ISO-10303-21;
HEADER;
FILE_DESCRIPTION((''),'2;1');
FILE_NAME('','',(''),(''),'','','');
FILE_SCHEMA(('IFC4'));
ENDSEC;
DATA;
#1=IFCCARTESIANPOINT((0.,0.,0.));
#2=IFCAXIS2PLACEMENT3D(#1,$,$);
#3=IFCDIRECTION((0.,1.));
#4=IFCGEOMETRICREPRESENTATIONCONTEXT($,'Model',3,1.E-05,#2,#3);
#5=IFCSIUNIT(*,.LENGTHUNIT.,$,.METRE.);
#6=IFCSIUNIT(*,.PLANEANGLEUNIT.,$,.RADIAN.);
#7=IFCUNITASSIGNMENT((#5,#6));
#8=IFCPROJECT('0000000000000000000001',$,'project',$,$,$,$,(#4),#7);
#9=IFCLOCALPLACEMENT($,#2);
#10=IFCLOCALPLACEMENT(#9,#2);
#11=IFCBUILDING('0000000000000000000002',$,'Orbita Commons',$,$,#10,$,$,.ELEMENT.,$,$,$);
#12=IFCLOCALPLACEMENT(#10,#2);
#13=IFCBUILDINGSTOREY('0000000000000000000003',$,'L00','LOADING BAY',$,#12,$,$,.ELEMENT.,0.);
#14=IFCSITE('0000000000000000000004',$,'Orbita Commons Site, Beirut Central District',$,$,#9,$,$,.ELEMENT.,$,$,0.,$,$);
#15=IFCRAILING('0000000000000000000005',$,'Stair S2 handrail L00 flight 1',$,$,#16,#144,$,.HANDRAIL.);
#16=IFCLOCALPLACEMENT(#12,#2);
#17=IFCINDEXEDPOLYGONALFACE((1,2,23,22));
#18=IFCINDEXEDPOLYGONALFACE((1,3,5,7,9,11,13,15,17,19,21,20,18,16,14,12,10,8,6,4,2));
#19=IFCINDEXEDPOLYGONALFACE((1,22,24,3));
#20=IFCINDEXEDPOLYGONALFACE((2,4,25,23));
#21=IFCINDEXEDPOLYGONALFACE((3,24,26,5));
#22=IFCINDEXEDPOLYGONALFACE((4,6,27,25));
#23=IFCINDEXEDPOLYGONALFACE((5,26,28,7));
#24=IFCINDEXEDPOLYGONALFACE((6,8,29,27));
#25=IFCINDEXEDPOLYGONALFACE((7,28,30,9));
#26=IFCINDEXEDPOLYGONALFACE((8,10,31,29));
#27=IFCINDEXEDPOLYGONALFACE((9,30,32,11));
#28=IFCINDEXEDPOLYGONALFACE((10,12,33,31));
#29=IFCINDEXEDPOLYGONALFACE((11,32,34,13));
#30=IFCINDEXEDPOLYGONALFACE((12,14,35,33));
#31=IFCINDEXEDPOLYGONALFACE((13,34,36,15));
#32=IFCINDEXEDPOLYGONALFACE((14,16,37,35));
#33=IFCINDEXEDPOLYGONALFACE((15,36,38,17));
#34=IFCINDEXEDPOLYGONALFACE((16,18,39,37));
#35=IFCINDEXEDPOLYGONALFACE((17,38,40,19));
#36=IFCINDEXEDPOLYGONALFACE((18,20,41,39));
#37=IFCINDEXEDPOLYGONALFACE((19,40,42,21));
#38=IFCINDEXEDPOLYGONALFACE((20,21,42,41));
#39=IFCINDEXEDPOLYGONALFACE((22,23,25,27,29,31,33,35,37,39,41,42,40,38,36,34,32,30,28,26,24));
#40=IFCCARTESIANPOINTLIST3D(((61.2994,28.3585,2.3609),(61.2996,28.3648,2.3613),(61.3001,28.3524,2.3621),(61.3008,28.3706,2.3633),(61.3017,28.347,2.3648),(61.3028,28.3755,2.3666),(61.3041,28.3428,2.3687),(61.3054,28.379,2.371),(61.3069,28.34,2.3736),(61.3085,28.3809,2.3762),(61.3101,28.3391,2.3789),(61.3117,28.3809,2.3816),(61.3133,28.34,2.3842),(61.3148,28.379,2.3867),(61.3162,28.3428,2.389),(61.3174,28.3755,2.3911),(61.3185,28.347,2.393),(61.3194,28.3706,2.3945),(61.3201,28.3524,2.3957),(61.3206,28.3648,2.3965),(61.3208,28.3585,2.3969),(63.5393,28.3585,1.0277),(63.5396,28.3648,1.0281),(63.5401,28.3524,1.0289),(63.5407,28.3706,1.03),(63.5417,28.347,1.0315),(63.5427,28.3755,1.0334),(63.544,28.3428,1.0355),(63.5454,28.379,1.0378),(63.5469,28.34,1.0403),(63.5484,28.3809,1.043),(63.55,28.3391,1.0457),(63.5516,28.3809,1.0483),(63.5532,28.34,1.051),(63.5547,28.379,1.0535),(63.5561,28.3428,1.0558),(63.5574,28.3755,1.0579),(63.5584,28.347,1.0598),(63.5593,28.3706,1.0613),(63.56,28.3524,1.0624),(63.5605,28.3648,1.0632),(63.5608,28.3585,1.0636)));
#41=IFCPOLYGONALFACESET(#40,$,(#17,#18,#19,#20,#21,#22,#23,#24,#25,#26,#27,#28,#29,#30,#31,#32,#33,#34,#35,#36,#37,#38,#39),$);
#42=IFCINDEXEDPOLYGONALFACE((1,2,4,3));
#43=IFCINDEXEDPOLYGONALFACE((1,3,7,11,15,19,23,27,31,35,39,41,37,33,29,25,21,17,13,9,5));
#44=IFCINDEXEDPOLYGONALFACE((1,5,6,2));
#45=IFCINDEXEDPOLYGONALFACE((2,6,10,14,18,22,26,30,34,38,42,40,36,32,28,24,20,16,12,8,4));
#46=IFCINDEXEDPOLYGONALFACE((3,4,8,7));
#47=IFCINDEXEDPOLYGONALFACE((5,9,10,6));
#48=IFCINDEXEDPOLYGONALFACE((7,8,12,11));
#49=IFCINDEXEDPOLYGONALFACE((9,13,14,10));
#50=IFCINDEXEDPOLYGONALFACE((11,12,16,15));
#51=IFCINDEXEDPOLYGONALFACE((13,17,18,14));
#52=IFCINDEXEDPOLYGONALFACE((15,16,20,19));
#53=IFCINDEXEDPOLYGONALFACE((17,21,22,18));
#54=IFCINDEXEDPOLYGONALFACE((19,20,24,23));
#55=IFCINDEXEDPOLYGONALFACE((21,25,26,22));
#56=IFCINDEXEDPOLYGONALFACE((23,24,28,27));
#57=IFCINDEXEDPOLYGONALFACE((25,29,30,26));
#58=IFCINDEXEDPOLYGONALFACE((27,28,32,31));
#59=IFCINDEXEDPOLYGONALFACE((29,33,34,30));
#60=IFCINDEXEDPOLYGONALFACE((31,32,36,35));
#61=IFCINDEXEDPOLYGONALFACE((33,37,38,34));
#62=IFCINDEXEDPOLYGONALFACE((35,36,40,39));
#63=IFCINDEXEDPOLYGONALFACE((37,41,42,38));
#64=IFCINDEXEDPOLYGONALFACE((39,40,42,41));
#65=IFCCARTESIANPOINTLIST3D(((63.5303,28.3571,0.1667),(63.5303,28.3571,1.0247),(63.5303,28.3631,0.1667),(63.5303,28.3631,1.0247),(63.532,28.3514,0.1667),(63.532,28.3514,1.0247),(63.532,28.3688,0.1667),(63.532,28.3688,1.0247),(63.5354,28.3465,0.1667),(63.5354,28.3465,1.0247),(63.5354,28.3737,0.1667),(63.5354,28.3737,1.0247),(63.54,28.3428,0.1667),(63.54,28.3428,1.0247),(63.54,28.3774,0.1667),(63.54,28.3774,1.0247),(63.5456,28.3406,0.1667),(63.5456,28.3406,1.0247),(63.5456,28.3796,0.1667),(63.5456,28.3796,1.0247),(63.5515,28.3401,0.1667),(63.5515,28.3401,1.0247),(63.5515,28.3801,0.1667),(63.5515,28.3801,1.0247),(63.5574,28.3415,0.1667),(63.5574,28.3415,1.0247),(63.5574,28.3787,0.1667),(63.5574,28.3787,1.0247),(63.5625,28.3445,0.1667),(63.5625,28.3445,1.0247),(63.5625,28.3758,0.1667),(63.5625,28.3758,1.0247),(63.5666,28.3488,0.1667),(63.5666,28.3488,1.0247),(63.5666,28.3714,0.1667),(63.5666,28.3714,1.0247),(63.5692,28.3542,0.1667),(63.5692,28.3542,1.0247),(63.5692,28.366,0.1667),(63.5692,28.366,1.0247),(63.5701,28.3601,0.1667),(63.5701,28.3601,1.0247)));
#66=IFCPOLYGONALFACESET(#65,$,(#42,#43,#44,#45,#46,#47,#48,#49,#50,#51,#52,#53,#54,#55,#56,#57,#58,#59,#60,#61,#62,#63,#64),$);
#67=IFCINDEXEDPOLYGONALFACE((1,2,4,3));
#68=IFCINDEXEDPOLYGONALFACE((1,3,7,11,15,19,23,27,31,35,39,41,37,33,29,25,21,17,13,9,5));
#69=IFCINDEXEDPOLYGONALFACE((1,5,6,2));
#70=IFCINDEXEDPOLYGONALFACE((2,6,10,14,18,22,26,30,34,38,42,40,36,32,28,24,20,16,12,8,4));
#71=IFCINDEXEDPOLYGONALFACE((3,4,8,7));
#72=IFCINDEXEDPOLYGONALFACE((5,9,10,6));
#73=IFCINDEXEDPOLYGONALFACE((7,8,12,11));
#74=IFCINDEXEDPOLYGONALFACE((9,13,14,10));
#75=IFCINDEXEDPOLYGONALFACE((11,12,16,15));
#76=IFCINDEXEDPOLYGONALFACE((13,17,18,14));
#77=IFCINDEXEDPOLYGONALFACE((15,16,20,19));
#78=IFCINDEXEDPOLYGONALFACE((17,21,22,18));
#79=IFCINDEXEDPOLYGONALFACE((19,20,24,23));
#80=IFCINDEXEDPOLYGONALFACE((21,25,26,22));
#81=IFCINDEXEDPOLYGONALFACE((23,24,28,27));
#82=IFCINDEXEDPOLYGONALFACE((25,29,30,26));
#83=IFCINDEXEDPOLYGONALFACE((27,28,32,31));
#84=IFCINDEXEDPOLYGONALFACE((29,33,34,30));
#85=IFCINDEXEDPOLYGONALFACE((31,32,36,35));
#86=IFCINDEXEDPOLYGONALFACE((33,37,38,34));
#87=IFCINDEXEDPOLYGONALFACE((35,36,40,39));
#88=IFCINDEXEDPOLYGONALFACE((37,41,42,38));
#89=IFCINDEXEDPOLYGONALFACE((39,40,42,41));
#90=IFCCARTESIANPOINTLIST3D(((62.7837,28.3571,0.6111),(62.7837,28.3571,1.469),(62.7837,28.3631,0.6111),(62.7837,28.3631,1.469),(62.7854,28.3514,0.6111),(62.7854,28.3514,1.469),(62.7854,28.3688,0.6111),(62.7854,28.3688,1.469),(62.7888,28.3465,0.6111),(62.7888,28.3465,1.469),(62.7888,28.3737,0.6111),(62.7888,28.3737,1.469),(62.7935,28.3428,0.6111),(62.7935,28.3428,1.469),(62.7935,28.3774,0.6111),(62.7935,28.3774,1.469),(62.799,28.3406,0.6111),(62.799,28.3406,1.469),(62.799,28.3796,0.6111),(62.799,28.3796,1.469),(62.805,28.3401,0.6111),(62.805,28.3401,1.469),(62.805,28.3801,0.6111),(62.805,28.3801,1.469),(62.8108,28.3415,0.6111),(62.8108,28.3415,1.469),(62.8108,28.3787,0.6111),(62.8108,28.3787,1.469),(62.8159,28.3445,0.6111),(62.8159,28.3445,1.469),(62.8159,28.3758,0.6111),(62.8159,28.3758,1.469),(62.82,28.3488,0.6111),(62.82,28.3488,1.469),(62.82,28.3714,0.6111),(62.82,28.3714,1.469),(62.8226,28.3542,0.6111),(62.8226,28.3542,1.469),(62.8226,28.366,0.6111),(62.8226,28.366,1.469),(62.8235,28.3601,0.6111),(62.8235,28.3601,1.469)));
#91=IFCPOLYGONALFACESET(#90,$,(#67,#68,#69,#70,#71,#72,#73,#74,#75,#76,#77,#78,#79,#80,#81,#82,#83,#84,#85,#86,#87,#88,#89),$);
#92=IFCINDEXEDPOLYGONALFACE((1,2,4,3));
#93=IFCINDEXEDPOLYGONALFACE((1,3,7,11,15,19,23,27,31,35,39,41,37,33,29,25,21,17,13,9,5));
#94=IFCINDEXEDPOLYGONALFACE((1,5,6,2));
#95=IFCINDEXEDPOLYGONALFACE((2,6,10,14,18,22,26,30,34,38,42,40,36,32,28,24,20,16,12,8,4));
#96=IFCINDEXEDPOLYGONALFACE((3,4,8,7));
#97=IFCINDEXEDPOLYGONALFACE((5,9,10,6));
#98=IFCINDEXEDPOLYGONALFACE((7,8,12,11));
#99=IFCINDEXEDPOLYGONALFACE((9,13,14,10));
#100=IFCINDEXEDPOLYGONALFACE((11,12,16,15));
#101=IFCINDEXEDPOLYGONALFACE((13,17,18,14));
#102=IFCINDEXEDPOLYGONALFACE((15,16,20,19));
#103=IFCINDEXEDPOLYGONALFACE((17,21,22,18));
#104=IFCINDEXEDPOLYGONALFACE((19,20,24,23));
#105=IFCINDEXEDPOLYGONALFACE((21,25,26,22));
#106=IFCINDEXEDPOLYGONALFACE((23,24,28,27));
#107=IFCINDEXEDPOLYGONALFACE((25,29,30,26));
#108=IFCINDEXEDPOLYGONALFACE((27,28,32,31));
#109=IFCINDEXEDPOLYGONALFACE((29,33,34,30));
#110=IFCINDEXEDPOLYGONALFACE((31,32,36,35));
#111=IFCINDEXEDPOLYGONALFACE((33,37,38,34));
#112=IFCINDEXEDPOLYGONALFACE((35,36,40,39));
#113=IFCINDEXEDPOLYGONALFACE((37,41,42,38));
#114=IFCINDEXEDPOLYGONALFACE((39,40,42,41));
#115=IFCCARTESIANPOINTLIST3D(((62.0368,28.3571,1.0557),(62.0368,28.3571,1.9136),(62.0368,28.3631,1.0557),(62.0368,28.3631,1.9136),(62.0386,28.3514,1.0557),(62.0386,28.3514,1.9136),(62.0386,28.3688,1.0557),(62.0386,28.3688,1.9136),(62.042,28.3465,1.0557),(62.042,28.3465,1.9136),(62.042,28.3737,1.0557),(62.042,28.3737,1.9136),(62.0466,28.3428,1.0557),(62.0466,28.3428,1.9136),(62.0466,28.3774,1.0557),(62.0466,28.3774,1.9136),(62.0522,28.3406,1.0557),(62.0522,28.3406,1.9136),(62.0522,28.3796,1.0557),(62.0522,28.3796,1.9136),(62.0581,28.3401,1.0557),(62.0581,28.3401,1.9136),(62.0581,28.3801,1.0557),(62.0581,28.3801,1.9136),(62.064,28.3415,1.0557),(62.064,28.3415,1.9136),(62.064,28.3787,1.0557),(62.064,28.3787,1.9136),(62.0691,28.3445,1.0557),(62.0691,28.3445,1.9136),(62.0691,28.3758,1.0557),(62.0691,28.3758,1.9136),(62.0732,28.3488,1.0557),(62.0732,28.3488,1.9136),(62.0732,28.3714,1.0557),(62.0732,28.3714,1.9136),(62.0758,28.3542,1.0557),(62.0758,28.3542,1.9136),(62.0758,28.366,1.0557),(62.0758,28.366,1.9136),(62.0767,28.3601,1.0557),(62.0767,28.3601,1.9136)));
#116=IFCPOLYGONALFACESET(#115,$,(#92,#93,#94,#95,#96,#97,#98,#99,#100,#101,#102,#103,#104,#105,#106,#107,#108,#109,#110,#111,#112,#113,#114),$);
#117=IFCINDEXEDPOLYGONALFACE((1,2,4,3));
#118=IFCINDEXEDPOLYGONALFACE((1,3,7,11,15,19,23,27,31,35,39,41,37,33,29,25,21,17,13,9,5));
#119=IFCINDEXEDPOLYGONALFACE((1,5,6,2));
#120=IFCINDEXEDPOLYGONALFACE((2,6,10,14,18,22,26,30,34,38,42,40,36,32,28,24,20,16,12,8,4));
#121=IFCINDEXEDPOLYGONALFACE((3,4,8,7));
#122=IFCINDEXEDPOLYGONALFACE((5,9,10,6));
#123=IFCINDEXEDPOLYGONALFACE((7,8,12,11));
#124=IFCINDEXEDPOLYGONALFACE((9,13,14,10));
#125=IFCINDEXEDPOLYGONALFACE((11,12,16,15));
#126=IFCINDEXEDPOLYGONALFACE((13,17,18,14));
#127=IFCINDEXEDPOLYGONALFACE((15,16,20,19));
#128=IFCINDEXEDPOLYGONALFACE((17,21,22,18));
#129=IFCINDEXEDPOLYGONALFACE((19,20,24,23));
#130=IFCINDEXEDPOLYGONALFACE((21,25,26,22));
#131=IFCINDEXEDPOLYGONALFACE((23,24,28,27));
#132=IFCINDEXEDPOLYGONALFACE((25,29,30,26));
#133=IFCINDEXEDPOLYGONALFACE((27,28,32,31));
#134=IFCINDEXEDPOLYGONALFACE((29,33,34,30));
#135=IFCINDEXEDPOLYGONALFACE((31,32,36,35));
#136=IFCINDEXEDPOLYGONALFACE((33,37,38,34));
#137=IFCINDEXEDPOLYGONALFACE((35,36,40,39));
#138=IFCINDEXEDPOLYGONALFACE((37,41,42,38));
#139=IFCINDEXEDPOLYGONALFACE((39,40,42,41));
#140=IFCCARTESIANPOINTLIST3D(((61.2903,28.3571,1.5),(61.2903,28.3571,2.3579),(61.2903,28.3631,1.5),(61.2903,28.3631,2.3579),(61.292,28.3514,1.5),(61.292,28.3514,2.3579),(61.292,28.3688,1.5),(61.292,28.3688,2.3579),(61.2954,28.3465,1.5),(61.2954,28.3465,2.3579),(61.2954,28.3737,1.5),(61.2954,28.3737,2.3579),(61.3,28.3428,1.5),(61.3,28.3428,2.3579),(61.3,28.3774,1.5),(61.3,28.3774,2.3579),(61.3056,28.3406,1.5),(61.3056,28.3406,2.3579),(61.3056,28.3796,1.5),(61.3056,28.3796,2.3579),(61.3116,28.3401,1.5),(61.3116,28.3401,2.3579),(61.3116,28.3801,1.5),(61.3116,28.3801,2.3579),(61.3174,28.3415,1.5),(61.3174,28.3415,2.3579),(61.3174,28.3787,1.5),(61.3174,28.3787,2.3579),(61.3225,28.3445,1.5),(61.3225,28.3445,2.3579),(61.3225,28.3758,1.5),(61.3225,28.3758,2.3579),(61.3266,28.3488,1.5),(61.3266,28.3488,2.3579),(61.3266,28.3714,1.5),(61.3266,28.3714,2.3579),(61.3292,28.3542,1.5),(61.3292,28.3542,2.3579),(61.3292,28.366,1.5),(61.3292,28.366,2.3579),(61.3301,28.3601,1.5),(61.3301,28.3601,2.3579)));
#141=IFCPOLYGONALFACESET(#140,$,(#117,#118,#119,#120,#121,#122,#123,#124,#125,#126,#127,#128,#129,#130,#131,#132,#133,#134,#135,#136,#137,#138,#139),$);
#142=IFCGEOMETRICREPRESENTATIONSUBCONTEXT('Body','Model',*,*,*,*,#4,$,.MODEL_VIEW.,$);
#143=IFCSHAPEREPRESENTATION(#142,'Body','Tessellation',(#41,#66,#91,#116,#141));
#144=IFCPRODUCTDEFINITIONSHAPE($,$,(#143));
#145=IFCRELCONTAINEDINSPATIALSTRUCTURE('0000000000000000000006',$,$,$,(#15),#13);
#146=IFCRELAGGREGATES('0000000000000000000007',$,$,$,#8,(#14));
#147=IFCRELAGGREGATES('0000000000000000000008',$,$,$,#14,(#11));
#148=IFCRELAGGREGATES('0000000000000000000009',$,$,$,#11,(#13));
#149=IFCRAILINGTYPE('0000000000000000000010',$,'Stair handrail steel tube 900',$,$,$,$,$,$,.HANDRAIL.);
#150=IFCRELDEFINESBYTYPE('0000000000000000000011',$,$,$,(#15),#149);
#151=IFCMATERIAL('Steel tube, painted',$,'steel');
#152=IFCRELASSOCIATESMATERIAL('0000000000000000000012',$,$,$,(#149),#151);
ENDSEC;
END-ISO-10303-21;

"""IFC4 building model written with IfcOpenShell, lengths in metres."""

from ifc_helpers import new_model, si_unit, direction, frame, origin, origin_2d, place, context, subcontext, project, spatial, circle, extrude, material, type_object, element, save


model = new_model("IFC4")

# Units and contexts
model_context = context("Model", 3, precision=1e-05, world=origin(), true_north=direction((0.0, 1.0)))
body_context = subcontext(model_context, "Body", "Model", "MODEL_VIEW")
ifc_project = project(units=[si_unit("LENGTHUNIT", "METRE"), si_unit("PLANEANGLEUNIT", "RADIAN")], contexts=[model_context])

# Site, building, storey
site_placement = place(None, origin())
site = spatial("IfcSite", under=ifc_project, at=site_placement, Name="Orbita Commons Site, Beirut Central District", CompositionType="ELEMENT", RefElevation=0.0)
building_placement = place(site_placement, origin())
building = spatial("IfcBuilding", under=site, at=building_placement, Name="Orbita Commons", CompositionType="ELEMENT")
storey_placement = place(building_placement, origin())
storey = spatial("IfcBuildingStorey", under=building, at=storey_placement, Name="L00", Description="LOADING BAY", CompositionType="ELEMENT", Elevation=0.0)

# Railing
ifc_material_1 = material(Name="Steel tube, painted", Category="steel")
railing_type = type_object("IfcRailingType", Name="Stair handrail steel tube 900", PredefinedType="HANDRAIL", material=ifc_material_1)
for number, where, name in (
    (1, (63.55, 28.3601, 0.1667), "Stair S2 handrail L00 flight 1"),
):
    element("IfcRailing", number, at=place(storey_placement, frame(where)), inside=storey, type_object=railing_type, Name=name, PredefinedType="HANDRAIL", context=body_context, shape_type="SweptSolid", body=[
        extrude(circle(Radius=0.021, at=origin_2d()), frame((0.0, 0.0, 0.8789), z_axis=(-0.859306, 0.0, 0.511462), x_axis=(0.0, -1.0, 0.0)), (0.0, 0.0, 1.0), 2.6067),
        extrude(circle(Radius=0.02, at=origin_2d()), origin(), (0.0, 0.0, 1.0), 0.8579),
        extrude(circle(Radius=0.02, at=origin_2d()), frame((-0.7466, 0.0, 0.4443)), (0.0, 0.0, 1.0), 0.8579),
        extrude(circle(Radius=0.02, at=origin_2d()), frame((-1.4934, 0.0, 0.8889)), (0.0, 0.0, 1.0), 0.8579),
        extrude(circle(Radius=0.02, at=origin_2d()), frame((-2.24, 0.0, 1.3333)), (0.0, 0.0, 1.0), 0.8579),
    ])

save(model, "model.ifc")
